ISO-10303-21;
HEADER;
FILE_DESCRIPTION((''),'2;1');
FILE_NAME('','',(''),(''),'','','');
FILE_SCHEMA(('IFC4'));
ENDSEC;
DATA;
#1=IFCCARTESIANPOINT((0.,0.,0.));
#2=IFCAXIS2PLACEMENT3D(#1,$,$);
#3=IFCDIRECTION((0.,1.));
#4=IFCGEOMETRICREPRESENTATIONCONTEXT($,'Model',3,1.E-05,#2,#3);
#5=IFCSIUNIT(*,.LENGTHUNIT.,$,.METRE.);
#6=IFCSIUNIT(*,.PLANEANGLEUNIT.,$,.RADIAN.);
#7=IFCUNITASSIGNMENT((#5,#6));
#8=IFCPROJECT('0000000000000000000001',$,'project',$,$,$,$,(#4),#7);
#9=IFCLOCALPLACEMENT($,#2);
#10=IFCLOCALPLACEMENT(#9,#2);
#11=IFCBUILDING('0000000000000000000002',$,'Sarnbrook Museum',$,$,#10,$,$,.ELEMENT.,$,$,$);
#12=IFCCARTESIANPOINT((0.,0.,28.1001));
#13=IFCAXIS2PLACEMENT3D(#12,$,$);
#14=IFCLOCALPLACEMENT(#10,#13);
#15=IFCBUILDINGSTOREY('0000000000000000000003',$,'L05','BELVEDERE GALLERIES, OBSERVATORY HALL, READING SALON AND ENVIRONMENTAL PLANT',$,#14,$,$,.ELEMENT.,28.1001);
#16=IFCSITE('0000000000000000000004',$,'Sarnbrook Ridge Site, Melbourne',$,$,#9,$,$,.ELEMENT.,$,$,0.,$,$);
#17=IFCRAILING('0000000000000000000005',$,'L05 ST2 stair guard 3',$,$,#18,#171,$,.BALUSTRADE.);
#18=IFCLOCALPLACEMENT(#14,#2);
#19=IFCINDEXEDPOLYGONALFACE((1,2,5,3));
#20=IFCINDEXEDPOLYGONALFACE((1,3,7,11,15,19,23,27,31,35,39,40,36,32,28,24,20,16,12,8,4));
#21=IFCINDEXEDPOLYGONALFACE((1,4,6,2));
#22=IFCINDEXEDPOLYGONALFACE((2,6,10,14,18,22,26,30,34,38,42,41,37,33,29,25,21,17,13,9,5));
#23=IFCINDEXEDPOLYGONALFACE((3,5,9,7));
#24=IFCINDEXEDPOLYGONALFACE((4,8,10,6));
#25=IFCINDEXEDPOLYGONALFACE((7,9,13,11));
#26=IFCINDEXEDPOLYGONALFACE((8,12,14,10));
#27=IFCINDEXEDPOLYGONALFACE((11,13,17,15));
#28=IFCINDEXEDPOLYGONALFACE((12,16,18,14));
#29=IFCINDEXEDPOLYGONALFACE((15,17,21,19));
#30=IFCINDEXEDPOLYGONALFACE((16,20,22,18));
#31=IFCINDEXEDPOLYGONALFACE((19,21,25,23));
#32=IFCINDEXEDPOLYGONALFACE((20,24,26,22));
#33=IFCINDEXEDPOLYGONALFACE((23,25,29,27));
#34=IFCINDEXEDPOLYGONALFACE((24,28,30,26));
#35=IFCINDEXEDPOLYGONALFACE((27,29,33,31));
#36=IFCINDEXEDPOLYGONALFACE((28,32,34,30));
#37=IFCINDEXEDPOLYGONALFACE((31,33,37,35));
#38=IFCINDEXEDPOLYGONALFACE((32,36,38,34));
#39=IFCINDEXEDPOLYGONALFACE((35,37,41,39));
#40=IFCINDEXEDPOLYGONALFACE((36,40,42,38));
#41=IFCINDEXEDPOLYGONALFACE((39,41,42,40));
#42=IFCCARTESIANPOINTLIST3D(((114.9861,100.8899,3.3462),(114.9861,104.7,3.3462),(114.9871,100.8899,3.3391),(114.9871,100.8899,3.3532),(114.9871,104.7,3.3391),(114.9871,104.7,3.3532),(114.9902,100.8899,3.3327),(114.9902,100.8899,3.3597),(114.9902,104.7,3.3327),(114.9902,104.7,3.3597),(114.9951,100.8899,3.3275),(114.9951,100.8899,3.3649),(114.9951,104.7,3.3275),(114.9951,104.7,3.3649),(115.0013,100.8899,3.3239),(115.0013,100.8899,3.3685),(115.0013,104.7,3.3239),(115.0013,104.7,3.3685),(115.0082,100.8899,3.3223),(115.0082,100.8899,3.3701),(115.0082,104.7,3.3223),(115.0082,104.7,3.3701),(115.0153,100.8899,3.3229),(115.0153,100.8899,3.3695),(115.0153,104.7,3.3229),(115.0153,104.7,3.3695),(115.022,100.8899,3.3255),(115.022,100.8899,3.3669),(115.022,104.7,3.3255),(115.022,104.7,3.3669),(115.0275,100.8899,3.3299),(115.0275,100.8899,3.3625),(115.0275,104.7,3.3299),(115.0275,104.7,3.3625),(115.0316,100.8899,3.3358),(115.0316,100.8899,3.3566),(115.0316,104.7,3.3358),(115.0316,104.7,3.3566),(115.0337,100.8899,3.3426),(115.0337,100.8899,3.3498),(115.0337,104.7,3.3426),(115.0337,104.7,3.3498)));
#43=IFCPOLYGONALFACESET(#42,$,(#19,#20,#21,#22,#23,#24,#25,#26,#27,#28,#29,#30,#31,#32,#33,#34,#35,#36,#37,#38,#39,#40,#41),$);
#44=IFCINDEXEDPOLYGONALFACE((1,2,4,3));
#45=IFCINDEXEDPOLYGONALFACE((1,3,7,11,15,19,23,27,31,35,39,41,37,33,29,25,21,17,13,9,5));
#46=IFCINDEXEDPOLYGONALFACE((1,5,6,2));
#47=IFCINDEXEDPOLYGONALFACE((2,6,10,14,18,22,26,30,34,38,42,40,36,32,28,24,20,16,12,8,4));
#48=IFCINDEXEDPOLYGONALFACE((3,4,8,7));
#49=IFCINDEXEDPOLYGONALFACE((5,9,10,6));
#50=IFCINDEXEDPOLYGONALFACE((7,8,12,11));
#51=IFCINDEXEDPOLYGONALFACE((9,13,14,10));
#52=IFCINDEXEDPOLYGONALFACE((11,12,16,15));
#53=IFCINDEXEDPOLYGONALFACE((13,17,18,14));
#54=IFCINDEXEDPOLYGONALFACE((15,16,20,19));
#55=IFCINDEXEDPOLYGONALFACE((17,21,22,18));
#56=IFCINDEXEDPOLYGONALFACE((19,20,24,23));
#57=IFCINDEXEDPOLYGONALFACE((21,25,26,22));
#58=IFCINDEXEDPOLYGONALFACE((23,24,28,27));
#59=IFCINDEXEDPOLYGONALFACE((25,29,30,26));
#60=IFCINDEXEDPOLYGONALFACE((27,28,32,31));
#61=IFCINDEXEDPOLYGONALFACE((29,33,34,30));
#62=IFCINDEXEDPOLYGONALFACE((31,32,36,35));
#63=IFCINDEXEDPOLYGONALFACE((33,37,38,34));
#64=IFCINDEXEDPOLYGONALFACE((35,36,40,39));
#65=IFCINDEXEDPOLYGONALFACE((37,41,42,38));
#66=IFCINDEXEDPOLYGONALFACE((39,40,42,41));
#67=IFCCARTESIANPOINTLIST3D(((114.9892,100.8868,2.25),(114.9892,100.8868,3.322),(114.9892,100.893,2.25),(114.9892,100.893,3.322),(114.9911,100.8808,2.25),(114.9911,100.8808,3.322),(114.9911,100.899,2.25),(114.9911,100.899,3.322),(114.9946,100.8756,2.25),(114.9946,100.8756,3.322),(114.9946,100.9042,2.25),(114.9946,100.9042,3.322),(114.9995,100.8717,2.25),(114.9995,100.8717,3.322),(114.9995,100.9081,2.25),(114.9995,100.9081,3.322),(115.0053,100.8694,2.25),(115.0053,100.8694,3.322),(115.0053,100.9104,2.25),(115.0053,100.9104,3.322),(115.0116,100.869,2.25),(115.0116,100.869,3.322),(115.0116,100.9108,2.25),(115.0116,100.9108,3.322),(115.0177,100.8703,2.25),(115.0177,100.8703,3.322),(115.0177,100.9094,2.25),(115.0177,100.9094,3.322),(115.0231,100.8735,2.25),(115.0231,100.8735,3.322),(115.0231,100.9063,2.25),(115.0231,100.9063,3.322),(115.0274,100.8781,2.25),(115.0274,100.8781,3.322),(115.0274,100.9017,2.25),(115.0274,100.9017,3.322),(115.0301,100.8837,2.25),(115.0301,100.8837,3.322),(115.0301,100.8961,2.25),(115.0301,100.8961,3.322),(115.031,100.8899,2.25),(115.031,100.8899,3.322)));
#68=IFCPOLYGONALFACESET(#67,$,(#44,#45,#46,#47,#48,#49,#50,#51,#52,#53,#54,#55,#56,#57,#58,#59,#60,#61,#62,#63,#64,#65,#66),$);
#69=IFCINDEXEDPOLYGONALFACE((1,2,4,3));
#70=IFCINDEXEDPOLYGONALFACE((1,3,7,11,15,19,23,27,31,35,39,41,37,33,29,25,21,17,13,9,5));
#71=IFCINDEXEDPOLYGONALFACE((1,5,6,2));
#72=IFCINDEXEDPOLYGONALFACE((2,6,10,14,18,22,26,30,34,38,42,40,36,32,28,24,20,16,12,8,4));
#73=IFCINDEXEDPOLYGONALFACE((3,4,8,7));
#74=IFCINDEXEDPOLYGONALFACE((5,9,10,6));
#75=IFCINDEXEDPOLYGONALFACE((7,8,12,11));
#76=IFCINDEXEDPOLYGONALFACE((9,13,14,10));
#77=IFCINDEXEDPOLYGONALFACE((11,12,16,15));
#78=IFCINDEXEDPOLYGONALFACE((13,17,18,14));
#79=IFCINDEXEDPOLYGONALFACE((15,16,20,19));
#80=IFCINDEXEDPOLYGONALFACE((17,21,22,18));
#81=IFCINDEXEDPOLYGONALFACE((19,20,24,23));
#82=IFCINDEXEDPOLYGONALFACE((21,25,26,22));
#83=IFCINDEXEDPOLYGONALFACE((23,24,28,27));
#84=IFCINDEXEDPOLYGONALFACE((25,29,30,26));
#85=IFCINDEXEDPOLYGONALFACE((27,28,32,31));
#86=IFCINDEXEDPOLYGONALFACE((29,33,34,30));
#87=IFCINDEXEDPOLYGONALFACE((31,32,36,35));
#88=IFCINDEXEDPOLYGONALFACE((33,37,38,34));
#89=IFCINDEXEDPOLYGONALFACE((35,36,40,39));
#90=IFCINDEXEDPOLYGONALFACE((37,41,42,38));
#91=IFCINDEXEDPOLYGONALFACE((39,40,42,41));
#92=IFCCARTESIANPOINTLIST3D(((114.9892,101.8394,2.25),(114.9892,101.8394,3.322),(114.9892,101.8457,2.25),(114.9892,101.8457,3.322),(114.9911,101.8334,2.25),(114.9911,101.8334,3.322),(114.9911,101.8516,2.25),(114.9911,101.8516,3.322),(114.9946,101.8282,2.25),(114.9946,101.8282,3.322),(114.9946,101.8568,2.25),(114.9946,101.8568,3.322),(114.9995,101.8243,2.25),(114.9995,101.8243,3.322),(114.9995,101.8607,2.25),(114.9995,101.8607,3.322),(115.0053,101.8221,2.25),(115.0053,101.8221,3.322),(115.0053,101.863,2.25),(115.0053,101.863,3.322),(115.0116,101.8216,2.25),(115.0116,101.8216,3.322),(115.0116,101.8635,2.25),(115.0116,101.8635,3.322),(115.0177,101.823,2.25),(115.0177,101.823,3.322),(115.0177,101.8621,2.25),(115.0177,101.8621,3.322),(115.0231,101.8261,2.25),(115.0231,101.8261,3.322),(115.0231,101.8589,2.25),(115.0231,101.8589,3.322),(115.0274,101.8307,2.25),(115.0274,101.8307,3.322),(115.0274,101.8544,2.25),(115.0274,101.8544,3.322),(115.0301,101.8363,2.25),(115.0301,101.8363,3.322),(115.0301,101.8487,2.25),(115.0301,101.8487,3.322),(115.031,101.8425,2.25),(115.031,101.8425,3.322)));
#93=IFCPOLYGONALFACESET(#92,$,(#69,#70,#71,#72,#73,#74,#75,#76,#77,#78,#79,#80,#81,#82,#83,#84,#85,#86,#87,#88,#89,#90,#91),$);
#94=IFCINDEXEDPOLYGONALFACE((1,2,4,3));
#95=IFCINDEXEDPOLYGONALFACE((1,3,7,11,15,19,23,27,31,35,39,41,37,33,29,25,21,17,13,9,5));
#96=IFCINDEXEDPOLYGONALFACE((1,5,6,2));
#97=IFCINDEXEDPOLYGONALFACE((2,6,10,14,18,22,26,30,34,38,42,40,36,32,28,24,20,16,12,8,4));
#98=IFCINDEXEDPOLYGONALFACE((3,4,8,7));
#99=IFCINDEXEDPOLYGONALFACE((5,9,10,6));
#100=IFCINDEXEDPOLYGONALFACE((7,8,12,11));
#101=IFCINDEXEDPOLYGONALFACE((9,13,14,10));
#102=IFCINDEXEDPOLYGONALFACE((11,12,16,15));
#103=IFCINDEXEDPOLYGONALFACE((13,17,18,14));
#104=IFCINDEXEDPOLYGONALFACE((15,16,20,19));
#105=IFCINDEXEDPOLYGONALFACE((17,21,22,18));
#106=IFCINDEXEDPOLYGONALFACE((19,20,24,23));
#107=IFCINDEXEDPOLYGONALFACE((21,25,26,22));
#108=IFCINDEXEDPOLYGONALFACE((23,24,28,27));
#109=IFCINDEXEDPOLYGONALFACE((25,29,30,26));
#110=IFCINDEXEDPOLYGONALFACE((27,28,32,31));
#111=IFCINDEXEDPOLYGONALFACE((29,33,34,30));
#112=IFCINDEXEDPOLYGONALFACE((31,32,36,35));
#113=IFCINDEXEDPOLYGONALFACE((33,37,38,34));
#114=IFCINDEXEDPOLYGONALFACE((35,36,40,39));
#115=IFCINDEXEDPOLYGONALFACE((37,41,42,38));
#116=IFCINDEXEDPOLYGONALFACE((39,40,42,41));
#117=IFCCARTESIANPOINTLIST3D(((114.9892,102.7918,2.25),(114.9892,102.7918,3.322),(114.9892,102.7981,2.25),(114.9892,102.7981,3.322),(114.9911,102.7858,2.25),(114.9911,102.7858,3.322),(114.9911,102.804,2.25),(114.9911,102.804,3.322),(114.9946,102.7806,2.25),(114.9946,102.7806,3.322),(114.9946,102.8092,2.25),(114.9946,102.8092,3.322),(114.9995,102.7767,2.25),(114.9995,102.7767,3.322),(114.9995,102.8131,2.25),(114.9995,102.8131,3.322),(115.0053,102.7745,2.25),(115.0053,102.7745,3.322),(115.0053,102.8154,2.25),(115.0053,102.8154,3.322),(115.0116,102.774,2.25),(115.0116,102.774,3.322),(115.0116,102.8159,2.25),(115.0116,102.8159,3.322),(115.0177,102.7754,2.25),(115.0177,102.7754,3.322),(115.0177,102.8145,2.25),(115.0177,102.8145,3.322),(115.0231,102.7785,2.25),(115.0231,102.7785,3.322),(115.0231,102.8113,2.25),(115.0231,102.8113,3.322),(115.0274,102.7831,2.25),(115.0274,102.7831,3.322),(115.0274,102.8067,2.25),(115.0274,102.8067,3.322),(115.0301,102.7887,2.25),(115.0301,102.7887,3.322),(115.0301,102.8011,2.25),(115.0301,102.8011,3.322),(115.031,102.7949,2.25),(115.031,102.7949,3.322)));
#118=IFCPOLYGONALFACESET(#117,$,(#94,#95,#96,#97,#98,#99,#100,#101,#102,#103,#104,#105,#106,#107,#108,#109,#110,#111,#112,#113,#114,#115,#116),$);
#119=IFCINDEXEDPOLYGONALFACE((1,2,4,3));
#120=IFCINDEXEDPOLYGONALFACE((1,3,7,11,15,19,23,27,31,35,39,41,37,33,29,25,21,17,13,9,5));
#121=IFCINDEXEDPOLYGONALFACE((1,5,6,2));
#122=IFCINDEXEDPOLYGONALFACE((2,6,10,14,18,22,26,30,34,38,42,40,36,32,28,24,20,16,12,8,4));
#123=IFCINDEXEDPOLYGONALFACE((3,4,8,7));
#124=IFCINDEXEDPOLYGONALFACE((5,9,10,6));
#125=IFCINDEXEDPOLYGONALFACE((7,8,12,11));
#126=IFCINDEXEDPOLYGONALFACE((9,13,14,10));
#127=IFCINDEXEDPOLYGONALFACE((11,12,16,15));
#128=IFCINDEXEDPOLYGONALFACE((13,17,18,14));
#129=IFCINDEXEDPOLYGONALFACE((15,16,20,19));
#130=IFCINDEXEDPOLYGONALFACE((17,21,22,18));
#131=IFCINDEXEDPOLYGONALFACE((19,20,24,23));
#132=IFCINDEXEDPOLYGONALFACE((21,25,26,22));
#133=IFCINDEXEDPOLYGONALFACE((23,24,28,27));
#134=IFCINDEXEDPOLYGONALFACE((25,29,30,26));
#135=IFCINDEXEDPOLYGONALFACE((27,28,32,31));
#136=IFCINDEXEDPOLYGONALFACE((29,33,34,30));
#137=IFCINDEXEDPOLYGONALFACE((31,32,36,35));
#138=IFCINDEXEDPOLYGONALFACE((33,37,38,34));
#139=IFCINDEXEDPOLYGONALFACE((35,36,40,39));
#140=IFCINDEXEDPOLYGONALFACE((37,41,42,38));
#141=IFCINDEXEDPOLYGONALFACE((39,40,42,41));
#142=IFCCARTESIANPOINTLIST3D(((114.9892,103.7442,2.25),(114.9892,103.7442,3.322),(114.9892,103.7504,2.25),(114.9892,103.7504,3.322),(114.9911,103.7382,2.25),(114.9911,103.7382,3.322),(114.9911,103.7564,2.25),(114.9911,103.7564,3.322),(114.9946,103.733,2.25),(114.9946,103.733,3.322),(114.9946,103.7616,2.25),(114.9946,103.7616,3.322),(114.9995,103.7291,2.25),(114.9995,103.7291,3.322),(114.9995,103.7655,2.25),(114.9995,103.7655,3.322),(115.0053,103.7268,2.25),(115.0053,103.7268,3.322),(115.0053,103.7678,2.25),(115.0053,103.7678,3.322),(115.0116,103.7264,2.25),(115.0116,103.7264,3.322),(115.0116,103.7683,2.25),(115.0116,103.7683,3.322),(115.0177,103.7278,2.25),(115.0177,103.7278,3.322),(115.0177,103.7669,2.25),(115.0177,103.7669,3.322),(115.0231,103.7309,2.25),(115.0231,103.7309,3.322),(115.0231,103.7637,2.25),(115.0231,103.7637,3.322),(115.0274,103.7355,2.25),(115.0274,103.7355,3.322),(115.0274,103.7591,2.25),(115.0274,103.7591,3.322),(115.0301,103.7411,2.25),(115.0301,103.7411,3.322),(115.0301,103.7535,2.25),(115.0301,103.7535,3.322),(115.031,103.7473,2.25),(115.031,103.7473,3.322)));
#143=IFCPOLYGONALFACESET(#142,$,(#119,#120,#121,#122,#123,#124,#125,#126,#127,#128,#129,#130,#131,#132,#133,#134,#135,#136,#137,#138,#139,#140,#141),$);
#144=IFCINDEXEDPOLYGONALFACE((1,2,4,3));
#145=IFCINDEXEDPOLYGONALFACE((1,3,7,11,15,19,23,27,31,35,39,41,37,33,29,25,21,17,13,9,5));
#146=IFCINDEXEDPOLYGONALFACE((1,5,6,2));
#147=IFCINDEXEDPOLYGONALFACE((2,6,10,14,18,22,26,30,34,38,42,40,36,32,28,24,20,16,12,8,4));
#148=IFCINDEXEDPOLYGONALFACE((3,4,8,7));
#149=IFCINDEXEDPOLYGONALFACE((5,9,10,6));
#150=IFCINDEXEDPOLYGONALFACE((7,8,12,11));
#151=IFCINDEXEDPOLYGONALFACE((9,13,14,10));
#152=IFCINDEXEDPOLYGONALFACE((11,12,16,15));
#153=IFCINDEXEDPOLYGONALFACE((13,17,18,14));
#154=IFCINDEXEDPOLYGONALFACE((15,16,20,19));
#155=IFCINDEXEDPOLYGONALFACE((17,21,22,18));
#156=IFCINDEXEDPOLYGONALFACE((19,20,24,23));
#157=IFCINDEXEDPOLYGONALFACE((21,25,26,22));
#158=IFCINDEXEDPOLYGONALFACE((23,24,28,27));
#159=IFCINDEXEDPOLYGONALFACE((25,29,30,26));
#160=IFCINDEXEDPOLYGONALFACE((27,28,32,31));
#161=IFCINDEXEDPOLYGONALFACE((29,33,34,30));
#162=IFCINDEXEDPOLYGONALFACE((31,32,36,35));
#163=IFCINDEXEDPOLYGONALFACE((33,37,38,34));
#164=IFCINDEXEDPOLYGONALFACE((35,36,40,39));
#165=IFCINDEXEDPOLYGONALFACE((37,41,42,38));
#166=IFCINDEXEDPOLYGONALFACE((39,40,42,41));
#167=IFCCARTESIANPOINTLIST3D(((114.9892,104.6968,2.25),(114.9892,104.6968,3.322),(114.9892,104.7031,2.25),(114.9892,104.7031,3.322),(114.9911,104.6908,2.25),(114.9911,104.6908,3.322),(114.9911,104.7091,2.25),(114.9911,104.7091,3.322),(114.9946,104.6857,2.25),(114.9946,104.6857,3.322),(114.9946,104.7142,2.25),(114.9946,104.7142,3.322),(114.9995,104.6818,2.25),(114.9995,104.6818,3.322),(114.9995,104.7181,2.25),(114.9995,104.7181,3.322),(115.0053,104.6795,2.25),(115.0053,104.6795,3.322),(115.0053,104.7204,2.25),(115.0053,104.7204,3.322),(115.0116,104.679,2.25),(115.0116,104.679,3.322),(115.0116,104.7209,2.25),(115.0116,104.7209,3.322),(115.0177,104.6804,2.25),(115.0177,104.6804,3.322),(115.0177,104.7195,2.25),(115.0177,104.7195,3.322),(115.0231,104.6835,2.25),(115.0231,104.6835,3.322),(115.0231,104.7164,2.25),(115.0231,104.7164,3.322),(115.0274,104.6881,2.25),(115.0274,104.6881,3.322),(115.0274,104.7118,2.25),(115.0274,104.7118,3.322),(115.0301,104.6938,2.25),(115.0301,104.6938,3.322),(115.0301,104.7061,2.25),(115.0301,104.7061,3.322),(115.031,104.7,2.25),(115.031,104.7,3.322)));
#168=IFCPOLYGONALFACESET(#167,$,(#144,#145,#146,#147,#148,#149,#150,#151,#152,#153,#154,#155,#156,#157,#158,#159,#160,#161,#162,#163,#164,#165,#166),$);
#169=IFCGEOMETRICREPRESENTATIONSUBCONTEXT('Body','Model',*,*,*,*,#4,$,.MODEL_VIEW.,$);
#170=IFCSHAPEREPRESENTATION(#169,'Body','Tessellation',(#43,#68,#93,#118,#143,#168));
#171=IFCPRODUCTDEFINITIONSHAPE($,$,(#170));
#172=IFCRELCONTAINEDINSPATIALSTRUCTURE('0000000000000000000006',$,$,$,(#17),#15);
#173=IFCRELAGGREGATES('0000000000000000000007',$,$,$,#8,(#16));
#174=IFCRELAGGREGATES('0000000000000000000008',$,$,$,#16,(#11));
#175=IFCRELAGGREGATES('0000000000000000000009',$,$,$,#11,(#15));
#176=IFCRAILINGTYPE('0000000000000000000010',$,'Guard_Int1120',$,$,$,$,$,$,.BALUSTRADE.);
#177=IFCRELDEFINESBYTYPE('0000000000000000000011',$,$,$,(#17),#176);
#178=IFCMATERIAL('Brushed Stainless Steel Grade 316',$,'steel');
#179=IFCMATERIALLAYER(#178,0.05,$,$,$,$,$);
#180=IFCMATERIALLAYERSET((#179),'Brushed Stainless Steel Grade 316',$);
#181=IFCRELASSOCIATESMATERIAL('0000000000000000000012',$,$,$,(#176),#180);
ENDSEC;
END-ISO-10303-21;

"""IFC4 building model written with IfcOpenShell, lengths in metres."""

from ifc_helpers import new_model, si_unit, direction, frame, origin, origin_2d, place, context, subcontext, project, spatial, circle, extrude, material, layer, layer_set, type_object, element, save


model = new_model("IFC4")

# Units and contexts
model_context = context("Model", 3, precision=1e-05, world=origin(), true_north=direction((0.0, 1.0)))
body_context = subcontext(model_context, "Body", "Model", "MODEL_VIEW")
ifc_project = project(units=[si_unit("LENGTHUNIT", "METRE"), si_unit("PLANEANGLEUNIT", "RADIAN")], contexts=[model_context])

# Site, building, storey
site_placement = place(None, origin())
site = spatial("IfcSite", under=ifc_project, at=site_placement, Name="Sarnbrook Ridge Site, Melbourne", CompositionType="ELEMENT", RefElevation=0.0)
building_placement = place(site_placement, origin())
building = spatial("IfcBuilding", under=site, at=building_placement, Name="Sarnbrook Museum", CompositionType="ELEMENT")
storey_placement = place(building_placement, frame((0.0, 0.0, 28.1001)))
storey = spatial("IfcBuildingStorey", under=building, at=storey_placement, Name="L05", Description="BELVEDERE GALLERIES, OBSERVATORY HALL, READING SALON AND ENVIRONMENTAL PLANT", CompositionType="ELEMENT", Elevation=28.1001)

# Railing
ifc_material_1 = material(Name="Brushed Stainless Steel Grade 316", Category="steel")
ifc_layer_1 = layer(ifc_material_1, 0.05)
ifc_layer_set_1 = layer_set([ifc_layer_1], Name="Brushed Stainless Steel Grade 316")
railing_type_1 = type_object("IfcRailingType", Name="Guard_Int1120", PredefinedType="BALUSTRADE", material=ifc_layer_set_1)
for number, where, name in (
    (1, (115.01, 100.8899, 2.25), "L05 ST2 stair guard 3"),
):
    element("IfcRailing", number, at=place(storey_placement, frame(where)), inside=storey, type_object=railing_type_1, Name=name, PredefinedType="BALUSTRADE", context=body_context, shape_type="SweptSolid", body=[
        extrude(circle(Radius=0.0239, at=origin_2d()), frame((0.0, 0.0, 1.0962), z_axis=(0.0, 1.0, 0.0), x_axis=(-1.0, 0.0, 0.0)), (0.0, 0.0, 1.0), 3.8101),
        extrude(circle(Radius=0.021, at=origin_2d()), origin(), (0.0, 0.0, 1.0), 1.072),
        extrude(circle(Radius=0.021, at=origin_2d()), frame((0.0, 0.9526, 0.0)), (0.0, 0.0, 1.0), 1.072),
        extrude(circle(Radius=0.021, at=origin_2d()), frame((0.0, 1.905, 0.0)), (0.0, 0.0, 1.0), 1.072),
        extrude(circle(Radius=0.021, at=origin_2d()), frame((0.0, 2.8574, 0.0)), (0.0, 0.0, 1.0), 1.072),
        extrude(circle(Radius=0.021, at=origin_2d()), frame((0.0, 3.8101, 0.0)), (0.0, 0.0, 1.0), 1.072),
    ])

save(model, "model.ifc")
